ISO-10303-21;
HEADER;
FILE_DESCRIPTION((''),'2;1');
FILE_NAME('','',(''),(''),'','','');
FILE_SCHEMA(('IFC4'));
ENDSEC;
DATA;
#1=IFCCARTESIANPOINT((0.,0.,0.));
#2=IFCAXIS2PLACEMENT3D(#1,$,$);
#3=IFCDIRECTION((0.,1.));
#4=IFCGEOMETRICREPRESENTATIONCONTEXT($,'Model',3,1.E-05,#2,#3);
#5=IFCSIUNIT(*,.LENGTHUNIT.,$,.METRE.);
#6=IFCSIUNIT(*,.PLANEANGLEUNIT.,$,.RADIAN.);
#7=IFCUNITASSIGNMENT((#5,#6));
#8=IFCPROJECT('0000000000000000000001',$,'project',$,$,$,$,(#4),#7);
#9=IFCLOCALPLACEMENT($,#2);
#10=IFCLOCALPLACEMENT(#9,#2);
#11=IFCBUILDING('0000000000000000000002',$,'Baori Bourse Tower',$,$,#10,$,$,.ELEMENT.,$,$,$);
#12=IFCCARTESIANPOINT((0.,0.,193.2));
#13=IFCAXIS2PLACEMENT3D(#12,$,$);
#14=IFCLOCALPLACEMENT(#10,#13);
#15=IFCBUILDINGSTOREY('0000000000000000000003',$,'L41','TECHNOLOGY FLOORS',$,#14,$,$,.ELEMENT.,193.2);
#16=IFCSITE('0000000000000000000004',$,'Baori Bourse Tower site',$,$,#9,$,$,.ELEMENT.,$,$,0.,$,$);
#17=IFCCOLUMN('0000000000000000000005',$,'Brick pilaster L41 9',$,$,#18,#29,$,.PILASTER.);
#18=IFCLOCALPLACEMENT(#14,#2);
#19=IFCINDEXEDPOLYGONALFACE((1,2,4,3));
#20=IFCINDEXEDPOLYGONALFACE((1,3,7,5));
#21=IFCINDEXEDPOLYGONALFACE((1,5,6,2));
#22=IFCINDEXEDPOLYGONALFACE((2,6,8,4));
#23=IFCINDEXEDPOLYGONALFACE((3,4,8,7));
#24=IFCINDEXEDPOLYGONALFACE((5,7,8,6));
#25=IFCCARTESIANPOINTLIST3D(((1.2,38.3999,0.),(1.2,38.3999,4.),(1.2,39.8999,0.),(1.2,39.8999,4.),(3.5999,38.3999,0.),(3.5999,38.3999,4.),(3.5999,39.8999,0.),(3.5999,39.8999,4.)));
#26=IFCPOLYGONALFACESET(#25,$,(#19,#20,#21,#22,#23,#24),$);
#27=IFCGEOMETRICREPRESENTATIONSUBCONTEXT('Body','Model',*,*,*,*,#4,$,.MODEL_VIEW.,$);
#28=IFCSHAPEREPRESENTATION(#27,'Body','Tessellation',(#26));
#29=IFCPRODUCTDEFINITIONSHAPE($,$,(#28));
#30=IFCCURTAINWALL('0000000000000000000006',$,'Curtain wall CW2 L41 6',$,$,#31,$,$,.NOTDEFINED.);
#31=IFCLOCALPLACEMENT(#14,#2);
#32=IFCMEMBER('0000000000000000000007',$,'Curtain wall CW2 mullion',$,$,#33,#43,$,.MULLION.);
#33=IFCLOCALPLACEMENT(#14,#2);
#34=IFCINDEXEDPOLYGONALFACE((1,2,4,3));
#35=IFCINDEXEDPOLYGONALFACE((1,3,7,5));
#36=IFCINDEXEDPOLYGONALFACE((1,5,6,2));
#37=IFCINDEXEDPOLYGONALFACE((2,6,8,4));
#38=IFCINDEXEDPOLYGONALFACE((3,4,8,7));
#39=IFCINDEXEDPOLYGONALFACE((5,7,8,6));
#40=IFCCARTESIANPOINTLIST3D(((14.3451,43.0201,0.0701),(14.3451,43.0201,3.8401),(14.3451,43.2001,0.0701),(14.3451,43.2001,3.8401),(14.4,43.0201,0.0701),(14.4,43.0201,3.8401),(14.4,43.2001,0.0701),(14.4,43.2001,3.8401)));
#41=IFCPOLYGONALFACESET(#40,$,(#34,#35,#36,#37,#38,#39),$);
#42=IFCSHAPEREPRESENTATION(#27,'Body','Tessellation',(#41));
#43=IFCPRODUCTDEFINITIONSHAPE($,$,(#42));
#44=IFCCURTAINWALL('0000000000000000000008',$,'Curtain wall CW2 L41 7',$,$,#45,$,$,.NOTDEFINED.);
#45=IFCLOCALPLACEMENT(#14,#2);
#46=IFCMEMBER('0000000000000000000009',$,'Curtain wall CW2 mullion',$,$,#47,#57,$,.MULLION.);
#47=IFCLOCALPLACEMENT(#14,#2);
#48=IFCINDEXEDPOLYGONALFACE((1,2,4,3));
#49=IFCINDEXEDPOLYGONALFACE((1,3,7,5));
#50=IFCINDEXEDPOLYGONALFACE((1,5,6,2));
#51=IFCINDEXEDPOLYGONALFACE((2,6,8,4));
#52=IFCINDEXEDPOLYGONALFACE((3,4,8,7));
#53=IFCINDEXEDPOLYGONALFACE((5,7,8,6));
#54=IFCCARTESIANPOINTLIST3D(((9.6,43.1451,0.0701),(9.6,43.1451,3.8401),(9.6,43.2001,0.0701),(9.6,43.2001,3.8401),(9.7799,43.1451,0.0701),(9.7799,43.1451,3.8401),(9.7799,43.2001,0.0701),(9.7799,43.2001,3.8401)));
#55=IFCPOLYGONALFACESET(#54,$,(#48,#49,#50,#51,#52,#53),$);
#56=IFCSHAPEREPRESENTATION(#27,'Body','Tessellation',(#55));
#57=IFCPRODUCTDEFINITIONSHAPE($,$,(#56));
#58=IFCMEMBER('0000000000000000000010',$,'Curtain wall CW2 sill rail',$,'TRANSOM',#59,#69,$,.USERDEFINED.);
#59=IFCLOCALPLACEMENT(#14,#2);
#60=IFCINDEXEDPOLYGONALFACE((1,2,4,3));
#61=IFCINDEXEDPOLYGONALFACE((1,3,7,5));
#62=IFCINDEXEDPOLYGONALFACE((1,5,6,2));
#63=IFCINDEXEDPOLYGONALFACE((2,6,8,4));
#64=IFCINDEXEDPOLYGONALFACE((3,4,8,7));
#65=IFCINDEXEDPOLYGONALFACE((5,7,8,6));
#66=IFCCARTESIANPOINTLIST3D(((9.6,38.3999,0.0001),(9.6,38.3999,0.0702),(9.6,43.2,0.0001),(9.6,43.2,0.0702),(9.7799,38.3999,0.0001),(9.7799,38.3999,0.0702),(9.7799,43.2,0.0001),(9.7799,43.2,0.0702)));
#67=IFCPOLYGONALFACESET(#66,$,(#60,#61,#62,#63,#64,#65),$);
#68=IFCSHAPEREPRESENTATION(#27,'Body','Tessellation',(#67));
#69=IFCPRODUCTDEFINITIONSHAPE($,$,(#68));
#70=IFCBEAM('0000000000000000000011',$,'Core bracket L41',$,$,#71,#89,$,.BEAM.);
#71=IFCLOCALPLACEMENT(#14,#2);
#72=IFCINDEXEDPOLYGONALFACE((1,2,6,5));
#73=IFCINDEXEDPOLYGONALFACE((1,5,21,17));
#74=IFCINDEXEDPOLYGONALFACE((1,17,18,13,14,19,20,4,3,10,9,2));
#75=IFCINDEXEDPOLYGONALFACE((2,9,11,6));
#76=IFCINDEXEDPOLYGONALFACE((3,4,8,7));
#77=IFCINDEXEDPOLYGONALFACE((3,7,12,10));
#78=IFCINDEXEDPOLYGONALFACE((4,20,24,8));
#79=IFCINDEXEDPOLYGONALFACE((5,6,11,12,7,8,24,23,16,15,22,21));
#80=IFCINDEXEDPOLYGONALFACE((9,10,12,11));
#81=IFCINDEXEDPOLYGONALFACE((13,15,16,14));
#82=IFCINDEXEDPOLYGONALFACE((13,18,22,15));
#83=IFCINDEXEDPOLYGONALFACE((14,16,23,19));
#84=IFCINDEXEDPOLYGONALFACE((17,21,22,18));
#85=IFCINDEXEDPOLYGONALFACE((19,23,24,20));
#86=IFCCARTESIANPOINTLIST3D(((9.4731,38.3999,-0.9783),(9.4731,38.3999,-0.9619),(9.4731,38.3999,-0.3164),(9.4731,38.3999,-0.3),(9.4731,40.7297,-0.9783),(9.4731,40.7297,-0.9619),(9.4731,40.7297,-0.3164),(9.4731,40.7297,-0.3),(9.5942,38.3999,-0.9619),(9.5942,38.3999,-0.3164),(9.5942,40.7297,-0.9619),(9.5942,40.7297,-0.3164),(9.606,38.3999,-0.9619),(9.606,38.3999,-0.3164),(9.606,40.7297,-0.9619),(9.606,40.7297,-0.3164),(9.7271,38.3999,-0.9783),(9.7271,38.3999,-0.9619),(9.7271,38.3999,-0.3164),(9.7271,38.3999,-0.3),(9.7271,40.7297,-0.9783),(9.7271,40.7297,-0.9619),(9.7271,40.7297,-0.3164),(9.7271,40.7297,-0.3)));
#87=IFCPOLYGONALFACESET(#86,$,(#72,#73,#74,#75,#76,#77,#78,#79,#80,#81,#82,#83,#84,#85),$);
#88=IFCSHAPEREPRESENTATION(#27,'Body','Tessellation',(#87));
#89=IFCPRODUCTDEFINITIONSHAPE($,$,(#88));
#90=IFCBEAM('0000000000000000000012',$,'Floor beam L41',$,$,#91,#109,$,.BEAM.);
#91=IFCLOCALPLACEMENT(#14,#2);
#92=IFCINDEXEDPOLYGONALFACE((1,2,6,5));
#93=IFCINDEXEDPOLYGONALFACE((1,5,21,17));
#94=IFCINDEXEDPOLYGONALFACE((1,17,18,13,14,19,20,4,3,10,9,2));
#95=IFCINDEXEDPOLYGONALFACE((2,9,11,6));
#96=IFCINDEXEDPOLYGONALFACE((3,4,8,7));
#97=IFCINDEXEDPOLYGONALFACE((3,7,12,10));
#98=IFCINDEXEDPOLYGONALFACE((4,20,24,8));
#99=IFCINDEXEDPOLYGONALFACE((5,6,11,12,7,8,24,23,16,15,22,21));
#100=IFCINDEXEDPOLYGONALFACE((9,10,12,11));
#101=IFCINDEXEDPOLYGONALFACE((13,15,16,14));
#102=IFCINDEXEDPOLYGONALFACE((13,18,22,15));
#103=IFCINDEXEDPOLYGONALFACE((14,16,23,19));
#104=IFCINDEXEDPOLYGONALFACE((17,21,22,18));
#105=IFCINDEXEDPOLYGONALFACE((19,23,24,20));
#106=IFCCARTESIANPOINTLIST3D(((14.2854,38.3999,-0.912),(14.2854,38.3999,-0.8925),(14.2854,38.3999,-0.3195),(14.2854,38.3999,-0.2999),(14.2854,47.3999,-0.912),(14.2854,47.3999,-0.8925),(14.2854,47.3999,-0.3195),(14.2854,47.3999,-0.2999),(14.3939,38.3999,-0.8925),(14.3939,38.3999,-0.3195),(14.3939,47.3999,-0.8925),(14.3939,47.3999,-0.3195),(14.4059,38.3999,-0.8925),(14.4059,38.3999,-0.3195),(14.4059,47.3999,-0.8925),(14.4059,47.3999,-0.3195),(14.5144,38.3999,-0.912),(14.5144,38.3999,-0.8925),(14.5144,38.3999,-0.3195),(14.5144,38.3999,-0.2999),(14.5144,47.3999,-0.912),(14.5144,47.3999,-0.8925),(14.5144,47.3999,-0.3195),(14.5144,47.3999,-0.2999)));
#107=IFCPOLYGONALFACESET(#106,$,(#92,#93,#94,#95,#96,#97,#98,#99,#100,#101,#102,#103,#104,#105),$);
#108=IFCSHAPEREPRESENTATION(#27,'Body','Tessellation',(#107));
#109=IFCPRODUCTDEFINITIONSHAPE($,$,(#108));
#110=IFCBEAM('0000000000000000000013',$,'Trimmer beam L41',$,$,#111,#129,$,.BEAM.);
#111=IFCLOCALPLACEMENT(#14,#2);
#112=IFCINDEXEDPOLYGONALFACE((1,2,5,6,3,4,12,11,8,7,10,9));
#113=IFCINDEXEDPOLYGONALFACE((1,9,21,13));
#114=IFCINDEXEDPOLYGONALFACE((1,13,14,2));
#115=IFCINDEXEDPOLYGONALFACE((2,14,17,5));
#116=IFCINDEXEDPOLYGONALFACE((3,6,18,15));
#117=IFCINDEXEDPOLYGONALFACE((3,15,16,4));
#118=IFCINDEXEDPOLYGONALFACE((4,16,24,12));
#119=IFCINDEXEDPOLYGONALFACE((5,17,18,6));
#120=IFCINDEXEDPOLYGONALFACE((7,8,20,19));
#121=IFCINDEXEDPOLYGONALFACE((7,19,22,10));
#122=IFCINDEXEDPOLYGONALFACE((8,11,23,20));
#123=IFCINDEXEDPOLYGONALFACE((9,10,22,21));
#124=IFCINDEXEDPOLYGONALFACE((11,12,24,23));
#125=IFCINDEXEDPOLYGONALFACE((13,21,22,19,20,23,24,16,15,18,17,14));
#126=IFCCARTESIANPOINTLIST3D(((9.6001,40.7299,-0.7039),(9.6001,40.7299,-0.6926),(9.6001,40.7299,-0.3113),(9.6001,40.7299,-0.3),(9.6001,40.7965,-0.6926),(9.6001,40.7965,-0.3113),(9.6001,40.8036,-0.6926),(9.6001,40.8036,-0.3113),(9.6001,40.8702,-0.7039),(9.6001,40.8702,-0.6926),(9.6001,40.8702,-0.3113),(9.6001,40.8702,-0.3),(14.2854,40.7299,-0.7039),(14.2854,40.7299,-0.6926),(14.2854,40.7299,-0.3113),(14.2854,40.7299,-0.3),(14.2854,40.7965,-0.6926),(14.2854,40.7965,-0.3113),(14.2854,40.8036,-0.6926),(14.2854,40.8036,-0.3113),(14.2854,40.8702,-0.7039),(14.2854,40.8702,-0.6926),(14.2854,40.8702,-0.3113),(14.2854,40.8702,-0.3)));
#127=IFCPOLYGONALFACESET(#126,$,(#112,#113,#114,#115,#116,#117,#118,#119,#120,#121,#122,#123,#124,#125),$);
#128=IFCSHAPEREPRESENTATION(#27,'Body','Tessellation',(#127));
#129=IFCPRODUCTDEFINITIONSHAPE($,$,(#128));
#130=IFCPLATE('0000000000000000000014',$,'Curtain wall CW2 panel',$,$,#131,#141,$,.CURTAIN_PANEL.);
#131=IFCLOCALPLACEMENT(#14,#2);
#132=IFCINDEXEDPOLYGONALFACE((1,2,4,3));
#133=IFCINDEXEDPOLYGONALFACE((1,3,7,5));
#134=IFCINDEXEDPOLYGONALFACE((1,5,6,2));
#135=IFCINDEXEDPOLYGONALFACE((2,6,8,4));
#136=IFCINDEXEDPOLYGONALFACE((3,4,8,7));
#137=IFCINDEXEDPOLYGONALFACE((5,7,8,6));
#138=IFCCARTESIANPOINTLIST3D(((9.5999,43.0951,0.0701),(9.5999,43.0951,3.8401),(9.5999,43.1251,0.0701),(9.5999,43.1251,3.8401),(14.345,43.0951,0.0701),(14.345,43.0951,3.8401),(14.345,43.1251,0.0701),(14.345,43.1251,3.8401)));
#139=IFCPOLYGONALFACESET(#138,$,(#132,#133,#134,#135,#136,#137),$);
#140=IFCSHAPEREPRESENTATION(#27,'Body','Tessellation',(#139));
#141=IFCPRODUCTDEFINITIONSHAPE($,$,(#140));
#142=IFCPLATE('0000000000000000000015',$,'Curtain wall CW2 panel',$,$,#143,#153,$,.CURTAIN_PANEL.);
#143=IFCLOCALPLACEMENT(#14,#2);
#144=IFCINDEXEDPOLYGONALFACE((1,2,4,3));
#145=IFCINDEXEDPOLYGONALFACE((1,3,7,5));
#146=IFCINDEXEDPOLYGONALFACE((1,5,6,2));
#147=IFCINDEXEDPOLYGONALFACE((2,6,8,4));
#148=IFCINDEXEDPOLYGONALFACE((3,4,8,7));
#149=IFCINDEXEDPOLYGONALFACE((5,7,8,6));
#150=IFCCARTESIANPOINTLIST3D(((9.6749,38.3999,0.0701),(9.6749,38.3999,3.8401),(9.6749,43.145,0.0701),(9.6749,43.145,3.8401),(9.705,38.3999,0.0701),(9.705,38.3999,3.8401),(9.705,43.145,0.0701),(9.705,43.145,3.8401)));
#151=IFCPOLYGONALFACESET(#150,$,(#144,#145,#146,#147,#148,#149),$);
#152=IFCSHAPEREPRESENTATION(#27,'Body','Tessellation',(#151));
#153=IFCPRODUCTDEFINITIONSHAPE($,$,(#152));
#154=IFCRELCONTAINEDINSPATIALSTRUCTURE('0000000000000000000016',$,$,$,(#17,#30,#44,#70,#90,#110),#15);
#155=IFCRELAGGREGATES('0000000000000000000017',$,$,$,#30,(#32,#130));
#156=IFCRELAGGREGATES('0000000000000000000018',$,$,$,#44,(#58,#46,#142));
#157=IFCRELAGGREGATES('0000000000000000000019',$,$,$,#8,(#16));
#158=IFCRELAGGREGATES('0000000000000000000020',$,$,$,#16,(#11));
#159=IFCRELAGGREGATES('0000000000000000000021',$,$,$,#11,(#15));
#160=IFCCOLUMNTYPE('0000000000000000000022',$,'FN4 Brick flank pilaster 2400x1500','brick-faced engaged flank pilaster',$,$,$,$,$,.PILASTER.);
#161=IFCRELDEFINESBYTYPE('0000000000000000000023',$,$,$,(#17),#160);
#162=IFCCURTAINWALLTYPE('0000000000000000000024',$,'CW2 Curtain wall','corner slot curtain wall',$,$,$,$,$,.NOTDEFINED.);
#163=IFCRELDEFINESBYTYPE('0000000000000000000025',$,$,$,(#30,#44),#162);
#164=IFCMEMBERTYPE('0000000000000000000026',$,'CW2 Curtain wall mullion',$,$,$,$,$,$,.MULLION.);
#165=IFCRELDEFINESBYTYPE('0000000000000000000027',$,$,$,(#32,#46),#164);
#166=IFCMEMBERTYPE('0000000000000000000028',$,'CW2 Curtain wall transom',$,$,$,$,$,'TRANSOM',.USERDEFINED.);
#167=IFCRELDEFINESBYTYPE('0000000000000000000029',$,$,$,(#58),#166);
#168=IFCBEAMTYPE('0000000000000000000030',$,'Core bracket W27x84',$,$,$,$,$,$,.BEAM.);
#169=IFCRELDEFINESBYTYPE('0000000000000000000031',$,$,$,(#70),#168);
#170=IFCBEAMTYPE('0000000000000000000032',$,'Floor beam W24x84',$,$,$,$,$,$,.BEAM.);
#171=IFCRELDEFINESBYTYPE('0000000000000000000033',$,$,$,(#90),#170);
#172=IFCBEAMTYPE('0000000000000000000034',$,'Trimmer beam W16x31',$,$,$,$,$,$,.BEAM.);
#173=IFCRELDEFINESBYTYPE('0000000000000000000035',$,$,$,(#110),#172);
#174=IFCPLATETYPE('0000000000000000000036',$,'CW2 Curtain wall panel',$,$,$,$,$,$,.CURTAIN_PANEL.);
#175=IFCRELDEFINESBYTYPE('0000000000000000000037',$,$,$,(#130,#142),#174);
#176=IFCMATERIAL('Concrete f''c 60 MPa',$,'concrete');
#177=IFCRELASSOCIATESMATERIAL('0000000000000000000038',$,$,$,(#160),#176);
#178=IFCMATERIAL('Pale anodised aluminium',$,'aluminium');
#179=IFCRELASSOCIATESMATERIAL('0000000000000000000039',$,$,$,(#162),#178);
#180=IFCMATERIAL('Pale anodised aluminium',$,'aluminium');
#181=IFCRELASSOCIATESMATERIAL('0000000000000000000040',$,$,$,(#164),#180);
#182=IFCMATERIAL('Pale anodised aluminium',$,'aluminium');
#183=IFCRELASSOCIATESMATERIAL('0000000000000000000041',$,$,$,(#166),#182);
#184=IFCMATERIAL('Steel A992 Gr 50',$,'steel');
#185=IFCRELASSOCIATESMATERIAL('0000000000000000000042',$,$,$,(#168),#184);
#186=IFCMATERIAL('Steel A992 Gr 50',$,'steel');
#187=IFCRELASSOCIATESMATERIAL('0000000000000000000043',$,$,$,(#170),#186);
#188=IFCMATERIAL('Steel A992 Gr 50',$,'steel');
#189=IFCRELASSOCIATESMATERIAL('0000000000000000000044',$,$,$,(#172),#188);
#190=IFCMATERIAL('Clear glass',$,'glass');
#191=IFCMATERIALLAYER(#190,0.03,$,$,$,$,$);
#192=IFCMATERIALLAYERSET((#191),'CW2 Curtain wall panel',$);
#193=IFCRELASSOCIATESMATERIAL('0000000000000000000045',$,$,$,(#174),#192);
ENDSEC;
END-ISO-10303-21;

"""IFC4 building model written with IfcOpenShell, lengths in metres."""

from ifc_helpers import new_model, si_unit, direction, frame, origin, origin_2d, place, context, subcontext, project, spatial, rectangle, i_section, extrude, material, layer, layer_set, material_profile, profile_set, type_object, element, aggregate, save


model = new_model("IFC4")

# Units and contexts
model_context = context("Model", 3, precision=1e-05, world=origin(), true_north=direction((0.0, 1.0)))
body_context = subcontext(model_context, "Body", "Model", "MODEL_VIEW")
ifc_project = project(units=[si_unit("LENGTHUNIT", "METRE"), si_unit("PLANEANGLEUNIT", "RADIAN")], contexts=[model_context])

# Site, building, storey
site_placement = place(None, origin())
site = spatial("IfcSite", under=ifc_project, at=site_placement, Name="Baori Bourse Tower site", CompositionType="ELEMENT", RefElevation=0.0)
building_placement = place(site_placement, origin())
building = spatial("IfcBuilding", under=site, at=building_placement, Name="Baori Bourse Tower", CompositionType="ELEMENT")
storey_placement = place(building_placement, frame((0.0, 0.0, 193.2)))
storey = spatial("IfcBuildingStorey", under=building, at=storey_placement, Name="L41", Description="TECHNOLOGY FLOORS", CompositionType="ELEMENT", Elevation=193.2)

# Column
ifc_material_1 = material(Name="Concrete f'c 60 MPa", Category="concrete")
ifc_material_profile_1 = material_profile(ifc_material_1, rectangle(XDim=2.3999, YDim=1.5, at=origin_2d()), Name="RC 2400x1500")
ifc_profile_set_1 = profile_set([ifc_material_profile_1], Name="Concrete f'c 60 MPa")
column_type = type_object("IfcColumnType", Name="FN4 Brick flank pilaster 2400x1500", Description="brick-faced engaged flank pilaster", PredefinedType="PILASTER", material=ifc_profile_set_1)
column_placement = place(storey_placement, frame((2.3999, 39.1499, 0.0), z_axis=(0.0, 0.0, 1.0), x_axis=(1.0, 0.0, 0.0)))
element("IfcColumn", 1, at=column_placement, inside=storey, type_object=column_type, Name="Brick pilaster L41 9", PredefinedType="PILASTER", context=body_context, shape_type="SweptSolid", body=[
    extrude(rectangle(XDim=2.3999, YDim=1.5, at=origin_2d()), origin(), (0.0, 0.0, 1.0), 4.0),
])

# Curtain wall, member
ifc_material_2 = material(Name="Pale anodised aluminium", Category="aluminium")
curtain_wall_type = type_object("IfcCurtainWallType", Name="CW2 Curtain wall", Description="corner slot curtain wall", PredefinedType="NOTDEFINED", material=ifc_material_2)
curtain_wall_1_placement = place(storey_placement, origin())
curtain_wall_1 = element("IfcCurtainWall", 2, at=curtain_wall_1_placement, inside=storey, type_object=curtain_wall_type, Name="Curtain wall CW2 L41 6", PredefinedType="NOTDEFINED")
ifc_material_3 = material(Name="Pale anodised aluminium", Category="aluminium")
ifc_material_profile_2 = material_profile(ifc_material_3, rectangle(XDim=0.1799, YDim=0.0549, at=origin_2d()), Name="Mullion 55x180")
ifc_profile_set_2 = profile_set([ifc_material_profile_2], Name="Pale anodised aluminium")
member_type_1 = type_object("IfcMemberType", Name="CW2 Curtain wall mullion", PredefinedType="MULLION", material=ifc_profile_set_2)
member_1_placement = place(storey_placement, frame((14.3726, 43.1101, 0.0701), z_axis=(0.0, 0.0, 1.0), x_axis=(0.0, -1.0, 0.0)))
member_1 = element("IfcMember", 3, at=member_1_placement, type_object=member_type_1, Name="Curtain wall CW2 mullion", PredefinedType="MULLION", context=body_context, shape_type="SweptSolid", body=[
    extrude(rectangle(XDim=0.1799, YDim=0.0549, at=origin_2d()), origin(), (0.0, 0.0, 1.0), 3.77),
])

# Curtain wall, members
curtain_wall_2_placement = place(storey_placement, origin())
curtain_wall_2 = element("IfcCurtainWall", 4, at=curtain_wall_2_placement, inside=storey, type_object=curtain_wall_type, Name="Curtain wall CW2 L41 7", PredefinedType="NOTDEFINED")
member_2_placement = place(storey_placement, frame((9.6899, 43.1726, 0.0701), z_axis=(0.0, 0.0, 1.0), x_axis=(1.0, 0.0, 0.0)))
member_2 = element("IfcMember", 5, at=member_2_placement, type_object=member_type_1, Name="Curtain wall CW2 mullion", PredefinedType="MULLION", context=body_context, shape_type="SweptSolid", body=[
    extrude(rectangle(XDim=0.1799, YDim=0.0549, at=origin_2d()), origin(), (0.0, 0.0, 1.0), 3.77),
])
ifc_material_4 = material(Name="Pale anodised aluminium", Category="aluminium")
ifc_material_profile_3 = material_profile(ifc_material_4, rectangle(XDim=0.1799, YDim=0.0701, at=origin_2d()), Name="Transom 70x180")
ifc_profile_set_3 = profile_set([ifc_material_profile_3], Name="Pale anodised aluminium")
member_type_2 = type_object("IfcMemberType", Name="CW2 Curtain wall transom", ElementType="TRANSOM", PredefinedType="USERDEFINED", material=ifc_profile_set_3)
member_3_placement = place(storey_placement, frame((9.6899, 43.2, 0.0352), z_axis=(0.0, -1.0, 0.0), x_axis=(1.0, 0.0, 0.0)))
member_3 = element("IfcMember", 6, at=member_3_placement, type_object=member_type_2, Name="Curtain wall CW2 sill rail", ObjectType="TRANSOM", PredefinedType="USERDEFINED", context=body_context, shape_type="SweptSolid", body=[
    extrude(rectangle(XDim=0.1799, YDim=0.0701, at=origin_2d()), origin(), (0.0, 0.0, 1.0), 4.8),
])

# Beams
ifc_material_5 = material(Name="Steel A992 Gr 50", Category="steel")
ifc_material_profile_4 = material_profile(ifc_material_5, i_section(OverallWidth=0.2539, OverallDepth=0.6782, WebThickness=0.0117, FlangeThickness=0.0164, at=origin_2d()), Name="W27x84")
ifc_profile_set_4 = profile_set([ifc_material_profile_4], Name="Steel A992 Gr 50")
beam_type_1 = type_object("IfcBeamType", Name="Core bracket W27x84", PredefinedType="BEAM", material=ifc_profile_set_4)
beam_1_placement = place(storey_placement, frame((9.6001, 38.3999, -0.6392), z_axis=(0.0, 1.0, 0.0), x_axis=(-1.0, 0.0, 0.0)))
element("IfcBeam", 7, at=beam_1_placement, inside=storey, type_object=beam_type_1, Name="Core bracket L41", PredefinedType="BEAM", context=body_context, shape_type="SweptSolid", body=[
    extrude(i_section(OverallWidth=0.2539, OverallDepth=0.6782, WebThickness=0.0117, FlangeThickness=0.0164, at=origin_2d()), origin(), (0.0, 0.0, 1.0), 2.3298),
])
ifc_material_6 = material(Name="Steel A992 Gr 50", Category="steel")
ifc_material_profile_5 = material_profile(ifc_material_6, i_section(OverallWidth=0.229, OverallDepth=0.6121, WebThickness=0.012, FlangeThickness=0.0195, at=origin_2d()), Name="W24x84")
ifc_profile_set_5 = profile_set([ifc_material_profile_5], Name="Steel A992 Gr 50")
beam_type_2 = type_object("IfcBeamType", Name="Floor beam W24x84", PredefinedType="BEAM", material=ifc_profile_set_5)
beam_2_placement = place(storey_placement, frame((14.3999, 38.3999, -0.606), z_axis=(0.0, 1.0, 0.0), x_axis=(-1.0, 0.0, 0.0)))
element("IfcBeam", 8, at=beam_2_placement, inside=storey, type_object=beam_type_2, Name="Floor beam L41", PredefinedType="BEAM", context=body_context, shape_type="SweptSolid", body=[
    extrude(i_section(OverallWidth=0.229, OverallDepth=0.6121, WebThickness=0.012, FlangeThickness=0.0195, at=origin_2d()), origin(), (0.0, 0.0, 1.0), 9.0),
])
ifc_material_7 = material(Name="Steel A992 Gr 50", Category="steel")
ifc_material_profile_6 = material_profile(ifc_material_7, i_section(OverallWidth=0.1404, OverallDepth=0.4038, WebThickness=0.0071, FlangeThickness=0.0112, at=origin_2d()), Name="W16x31")
ifc_profile_set_6 = profile_set([ifc_material_profile_6], Name="Steel A992 Gr 50")
beam_type_3 = type_object("IfcBeamType", Name="Trimmer beam W16x31", PredefinedType="BEAM", material=ifc_profile_set_6)
beam_3_placement = place(storey_placement, frame((9.6001, 40.8, -0.502), z_axis=(1.0, 0.0, 0.0), x_axis=(0.0, 1.0, 0.0)))
element("IfcBeam", 9, at=beam_3_placement, inside=storey, type_object=beam_type_3, Name="Trimmer beam L41", PredefinedType="BEAM", context=body_context, shape_type="SweptSolid", body=[
    extrude(i_section(OverallWidth=0.1404, OverallDepth=0.4038, WebThickness=0.0071, FlangeThickness=0.0112, at=origin_2d()), origin(), (0.0, 0.0, 1.0), 4.6853),
])

# Plates
ifc_material_8 = material(Name="Clear glass", Category="glass")
ifc_layer_1 = layer(ifc_material_8, 0.03)
ifc_layer_set_1 = layer_set([ifc_layer_1], Name="CW2 Curtain wall panel")
plate_type = type_object("IfcPlateType", Name="CW2 Curtain wall panel", PredefinedType="CURTAIN_PANEL", material=ifc_layer_set_1)
plate_1_placement = place(storey_placement, frame((11.9724, 43.1101, 0.0701), z_axis=(0.0, 0.0, 1.0), x_axis=(-1.0, 0.0, 0.0)))
plate_1 = element("IfcPlate", 10, at=plate_1_placement, type_object=plate_type, Name="Curtain wall CW2 panel", PredefinedType="CURTAIN_PANEL", context=body_context, shape_type="SweptSolid", body=[
    extrude(rectangle(XDim=4.7451, YDim=0.03, at=origin_2d()), origin(), (0.0, 0.0, 1.0), 3.77),
])
aggregate(curtain_wall_1, [member_1, plate_1])
plate_2_placement = place(storey_placement, frame((9.6899, 40.7725, 0.0701), z_axis=(0.0, 0.0, 1.0), x_axis=(0.0, -1.0, 0.0)))
plate_2 = element("IfcPlate", 11, at=plate_2_placement, type_object=plate_type, Name="Curtain wall CW2 panel", PredefinedType="CURTAIN_PANEL", context=body_context, shape_type="SweptSolid", body=[
    extrude(rectangle(XDim=4.7451, YDim=0.03, at=origin_2d()), origin(), (0.0, 0.0, 1.0), 3.77),
])
aggregate(curtain_wall_2, [member_3, member_2, plate_2])

save(model, "model.ifc")
